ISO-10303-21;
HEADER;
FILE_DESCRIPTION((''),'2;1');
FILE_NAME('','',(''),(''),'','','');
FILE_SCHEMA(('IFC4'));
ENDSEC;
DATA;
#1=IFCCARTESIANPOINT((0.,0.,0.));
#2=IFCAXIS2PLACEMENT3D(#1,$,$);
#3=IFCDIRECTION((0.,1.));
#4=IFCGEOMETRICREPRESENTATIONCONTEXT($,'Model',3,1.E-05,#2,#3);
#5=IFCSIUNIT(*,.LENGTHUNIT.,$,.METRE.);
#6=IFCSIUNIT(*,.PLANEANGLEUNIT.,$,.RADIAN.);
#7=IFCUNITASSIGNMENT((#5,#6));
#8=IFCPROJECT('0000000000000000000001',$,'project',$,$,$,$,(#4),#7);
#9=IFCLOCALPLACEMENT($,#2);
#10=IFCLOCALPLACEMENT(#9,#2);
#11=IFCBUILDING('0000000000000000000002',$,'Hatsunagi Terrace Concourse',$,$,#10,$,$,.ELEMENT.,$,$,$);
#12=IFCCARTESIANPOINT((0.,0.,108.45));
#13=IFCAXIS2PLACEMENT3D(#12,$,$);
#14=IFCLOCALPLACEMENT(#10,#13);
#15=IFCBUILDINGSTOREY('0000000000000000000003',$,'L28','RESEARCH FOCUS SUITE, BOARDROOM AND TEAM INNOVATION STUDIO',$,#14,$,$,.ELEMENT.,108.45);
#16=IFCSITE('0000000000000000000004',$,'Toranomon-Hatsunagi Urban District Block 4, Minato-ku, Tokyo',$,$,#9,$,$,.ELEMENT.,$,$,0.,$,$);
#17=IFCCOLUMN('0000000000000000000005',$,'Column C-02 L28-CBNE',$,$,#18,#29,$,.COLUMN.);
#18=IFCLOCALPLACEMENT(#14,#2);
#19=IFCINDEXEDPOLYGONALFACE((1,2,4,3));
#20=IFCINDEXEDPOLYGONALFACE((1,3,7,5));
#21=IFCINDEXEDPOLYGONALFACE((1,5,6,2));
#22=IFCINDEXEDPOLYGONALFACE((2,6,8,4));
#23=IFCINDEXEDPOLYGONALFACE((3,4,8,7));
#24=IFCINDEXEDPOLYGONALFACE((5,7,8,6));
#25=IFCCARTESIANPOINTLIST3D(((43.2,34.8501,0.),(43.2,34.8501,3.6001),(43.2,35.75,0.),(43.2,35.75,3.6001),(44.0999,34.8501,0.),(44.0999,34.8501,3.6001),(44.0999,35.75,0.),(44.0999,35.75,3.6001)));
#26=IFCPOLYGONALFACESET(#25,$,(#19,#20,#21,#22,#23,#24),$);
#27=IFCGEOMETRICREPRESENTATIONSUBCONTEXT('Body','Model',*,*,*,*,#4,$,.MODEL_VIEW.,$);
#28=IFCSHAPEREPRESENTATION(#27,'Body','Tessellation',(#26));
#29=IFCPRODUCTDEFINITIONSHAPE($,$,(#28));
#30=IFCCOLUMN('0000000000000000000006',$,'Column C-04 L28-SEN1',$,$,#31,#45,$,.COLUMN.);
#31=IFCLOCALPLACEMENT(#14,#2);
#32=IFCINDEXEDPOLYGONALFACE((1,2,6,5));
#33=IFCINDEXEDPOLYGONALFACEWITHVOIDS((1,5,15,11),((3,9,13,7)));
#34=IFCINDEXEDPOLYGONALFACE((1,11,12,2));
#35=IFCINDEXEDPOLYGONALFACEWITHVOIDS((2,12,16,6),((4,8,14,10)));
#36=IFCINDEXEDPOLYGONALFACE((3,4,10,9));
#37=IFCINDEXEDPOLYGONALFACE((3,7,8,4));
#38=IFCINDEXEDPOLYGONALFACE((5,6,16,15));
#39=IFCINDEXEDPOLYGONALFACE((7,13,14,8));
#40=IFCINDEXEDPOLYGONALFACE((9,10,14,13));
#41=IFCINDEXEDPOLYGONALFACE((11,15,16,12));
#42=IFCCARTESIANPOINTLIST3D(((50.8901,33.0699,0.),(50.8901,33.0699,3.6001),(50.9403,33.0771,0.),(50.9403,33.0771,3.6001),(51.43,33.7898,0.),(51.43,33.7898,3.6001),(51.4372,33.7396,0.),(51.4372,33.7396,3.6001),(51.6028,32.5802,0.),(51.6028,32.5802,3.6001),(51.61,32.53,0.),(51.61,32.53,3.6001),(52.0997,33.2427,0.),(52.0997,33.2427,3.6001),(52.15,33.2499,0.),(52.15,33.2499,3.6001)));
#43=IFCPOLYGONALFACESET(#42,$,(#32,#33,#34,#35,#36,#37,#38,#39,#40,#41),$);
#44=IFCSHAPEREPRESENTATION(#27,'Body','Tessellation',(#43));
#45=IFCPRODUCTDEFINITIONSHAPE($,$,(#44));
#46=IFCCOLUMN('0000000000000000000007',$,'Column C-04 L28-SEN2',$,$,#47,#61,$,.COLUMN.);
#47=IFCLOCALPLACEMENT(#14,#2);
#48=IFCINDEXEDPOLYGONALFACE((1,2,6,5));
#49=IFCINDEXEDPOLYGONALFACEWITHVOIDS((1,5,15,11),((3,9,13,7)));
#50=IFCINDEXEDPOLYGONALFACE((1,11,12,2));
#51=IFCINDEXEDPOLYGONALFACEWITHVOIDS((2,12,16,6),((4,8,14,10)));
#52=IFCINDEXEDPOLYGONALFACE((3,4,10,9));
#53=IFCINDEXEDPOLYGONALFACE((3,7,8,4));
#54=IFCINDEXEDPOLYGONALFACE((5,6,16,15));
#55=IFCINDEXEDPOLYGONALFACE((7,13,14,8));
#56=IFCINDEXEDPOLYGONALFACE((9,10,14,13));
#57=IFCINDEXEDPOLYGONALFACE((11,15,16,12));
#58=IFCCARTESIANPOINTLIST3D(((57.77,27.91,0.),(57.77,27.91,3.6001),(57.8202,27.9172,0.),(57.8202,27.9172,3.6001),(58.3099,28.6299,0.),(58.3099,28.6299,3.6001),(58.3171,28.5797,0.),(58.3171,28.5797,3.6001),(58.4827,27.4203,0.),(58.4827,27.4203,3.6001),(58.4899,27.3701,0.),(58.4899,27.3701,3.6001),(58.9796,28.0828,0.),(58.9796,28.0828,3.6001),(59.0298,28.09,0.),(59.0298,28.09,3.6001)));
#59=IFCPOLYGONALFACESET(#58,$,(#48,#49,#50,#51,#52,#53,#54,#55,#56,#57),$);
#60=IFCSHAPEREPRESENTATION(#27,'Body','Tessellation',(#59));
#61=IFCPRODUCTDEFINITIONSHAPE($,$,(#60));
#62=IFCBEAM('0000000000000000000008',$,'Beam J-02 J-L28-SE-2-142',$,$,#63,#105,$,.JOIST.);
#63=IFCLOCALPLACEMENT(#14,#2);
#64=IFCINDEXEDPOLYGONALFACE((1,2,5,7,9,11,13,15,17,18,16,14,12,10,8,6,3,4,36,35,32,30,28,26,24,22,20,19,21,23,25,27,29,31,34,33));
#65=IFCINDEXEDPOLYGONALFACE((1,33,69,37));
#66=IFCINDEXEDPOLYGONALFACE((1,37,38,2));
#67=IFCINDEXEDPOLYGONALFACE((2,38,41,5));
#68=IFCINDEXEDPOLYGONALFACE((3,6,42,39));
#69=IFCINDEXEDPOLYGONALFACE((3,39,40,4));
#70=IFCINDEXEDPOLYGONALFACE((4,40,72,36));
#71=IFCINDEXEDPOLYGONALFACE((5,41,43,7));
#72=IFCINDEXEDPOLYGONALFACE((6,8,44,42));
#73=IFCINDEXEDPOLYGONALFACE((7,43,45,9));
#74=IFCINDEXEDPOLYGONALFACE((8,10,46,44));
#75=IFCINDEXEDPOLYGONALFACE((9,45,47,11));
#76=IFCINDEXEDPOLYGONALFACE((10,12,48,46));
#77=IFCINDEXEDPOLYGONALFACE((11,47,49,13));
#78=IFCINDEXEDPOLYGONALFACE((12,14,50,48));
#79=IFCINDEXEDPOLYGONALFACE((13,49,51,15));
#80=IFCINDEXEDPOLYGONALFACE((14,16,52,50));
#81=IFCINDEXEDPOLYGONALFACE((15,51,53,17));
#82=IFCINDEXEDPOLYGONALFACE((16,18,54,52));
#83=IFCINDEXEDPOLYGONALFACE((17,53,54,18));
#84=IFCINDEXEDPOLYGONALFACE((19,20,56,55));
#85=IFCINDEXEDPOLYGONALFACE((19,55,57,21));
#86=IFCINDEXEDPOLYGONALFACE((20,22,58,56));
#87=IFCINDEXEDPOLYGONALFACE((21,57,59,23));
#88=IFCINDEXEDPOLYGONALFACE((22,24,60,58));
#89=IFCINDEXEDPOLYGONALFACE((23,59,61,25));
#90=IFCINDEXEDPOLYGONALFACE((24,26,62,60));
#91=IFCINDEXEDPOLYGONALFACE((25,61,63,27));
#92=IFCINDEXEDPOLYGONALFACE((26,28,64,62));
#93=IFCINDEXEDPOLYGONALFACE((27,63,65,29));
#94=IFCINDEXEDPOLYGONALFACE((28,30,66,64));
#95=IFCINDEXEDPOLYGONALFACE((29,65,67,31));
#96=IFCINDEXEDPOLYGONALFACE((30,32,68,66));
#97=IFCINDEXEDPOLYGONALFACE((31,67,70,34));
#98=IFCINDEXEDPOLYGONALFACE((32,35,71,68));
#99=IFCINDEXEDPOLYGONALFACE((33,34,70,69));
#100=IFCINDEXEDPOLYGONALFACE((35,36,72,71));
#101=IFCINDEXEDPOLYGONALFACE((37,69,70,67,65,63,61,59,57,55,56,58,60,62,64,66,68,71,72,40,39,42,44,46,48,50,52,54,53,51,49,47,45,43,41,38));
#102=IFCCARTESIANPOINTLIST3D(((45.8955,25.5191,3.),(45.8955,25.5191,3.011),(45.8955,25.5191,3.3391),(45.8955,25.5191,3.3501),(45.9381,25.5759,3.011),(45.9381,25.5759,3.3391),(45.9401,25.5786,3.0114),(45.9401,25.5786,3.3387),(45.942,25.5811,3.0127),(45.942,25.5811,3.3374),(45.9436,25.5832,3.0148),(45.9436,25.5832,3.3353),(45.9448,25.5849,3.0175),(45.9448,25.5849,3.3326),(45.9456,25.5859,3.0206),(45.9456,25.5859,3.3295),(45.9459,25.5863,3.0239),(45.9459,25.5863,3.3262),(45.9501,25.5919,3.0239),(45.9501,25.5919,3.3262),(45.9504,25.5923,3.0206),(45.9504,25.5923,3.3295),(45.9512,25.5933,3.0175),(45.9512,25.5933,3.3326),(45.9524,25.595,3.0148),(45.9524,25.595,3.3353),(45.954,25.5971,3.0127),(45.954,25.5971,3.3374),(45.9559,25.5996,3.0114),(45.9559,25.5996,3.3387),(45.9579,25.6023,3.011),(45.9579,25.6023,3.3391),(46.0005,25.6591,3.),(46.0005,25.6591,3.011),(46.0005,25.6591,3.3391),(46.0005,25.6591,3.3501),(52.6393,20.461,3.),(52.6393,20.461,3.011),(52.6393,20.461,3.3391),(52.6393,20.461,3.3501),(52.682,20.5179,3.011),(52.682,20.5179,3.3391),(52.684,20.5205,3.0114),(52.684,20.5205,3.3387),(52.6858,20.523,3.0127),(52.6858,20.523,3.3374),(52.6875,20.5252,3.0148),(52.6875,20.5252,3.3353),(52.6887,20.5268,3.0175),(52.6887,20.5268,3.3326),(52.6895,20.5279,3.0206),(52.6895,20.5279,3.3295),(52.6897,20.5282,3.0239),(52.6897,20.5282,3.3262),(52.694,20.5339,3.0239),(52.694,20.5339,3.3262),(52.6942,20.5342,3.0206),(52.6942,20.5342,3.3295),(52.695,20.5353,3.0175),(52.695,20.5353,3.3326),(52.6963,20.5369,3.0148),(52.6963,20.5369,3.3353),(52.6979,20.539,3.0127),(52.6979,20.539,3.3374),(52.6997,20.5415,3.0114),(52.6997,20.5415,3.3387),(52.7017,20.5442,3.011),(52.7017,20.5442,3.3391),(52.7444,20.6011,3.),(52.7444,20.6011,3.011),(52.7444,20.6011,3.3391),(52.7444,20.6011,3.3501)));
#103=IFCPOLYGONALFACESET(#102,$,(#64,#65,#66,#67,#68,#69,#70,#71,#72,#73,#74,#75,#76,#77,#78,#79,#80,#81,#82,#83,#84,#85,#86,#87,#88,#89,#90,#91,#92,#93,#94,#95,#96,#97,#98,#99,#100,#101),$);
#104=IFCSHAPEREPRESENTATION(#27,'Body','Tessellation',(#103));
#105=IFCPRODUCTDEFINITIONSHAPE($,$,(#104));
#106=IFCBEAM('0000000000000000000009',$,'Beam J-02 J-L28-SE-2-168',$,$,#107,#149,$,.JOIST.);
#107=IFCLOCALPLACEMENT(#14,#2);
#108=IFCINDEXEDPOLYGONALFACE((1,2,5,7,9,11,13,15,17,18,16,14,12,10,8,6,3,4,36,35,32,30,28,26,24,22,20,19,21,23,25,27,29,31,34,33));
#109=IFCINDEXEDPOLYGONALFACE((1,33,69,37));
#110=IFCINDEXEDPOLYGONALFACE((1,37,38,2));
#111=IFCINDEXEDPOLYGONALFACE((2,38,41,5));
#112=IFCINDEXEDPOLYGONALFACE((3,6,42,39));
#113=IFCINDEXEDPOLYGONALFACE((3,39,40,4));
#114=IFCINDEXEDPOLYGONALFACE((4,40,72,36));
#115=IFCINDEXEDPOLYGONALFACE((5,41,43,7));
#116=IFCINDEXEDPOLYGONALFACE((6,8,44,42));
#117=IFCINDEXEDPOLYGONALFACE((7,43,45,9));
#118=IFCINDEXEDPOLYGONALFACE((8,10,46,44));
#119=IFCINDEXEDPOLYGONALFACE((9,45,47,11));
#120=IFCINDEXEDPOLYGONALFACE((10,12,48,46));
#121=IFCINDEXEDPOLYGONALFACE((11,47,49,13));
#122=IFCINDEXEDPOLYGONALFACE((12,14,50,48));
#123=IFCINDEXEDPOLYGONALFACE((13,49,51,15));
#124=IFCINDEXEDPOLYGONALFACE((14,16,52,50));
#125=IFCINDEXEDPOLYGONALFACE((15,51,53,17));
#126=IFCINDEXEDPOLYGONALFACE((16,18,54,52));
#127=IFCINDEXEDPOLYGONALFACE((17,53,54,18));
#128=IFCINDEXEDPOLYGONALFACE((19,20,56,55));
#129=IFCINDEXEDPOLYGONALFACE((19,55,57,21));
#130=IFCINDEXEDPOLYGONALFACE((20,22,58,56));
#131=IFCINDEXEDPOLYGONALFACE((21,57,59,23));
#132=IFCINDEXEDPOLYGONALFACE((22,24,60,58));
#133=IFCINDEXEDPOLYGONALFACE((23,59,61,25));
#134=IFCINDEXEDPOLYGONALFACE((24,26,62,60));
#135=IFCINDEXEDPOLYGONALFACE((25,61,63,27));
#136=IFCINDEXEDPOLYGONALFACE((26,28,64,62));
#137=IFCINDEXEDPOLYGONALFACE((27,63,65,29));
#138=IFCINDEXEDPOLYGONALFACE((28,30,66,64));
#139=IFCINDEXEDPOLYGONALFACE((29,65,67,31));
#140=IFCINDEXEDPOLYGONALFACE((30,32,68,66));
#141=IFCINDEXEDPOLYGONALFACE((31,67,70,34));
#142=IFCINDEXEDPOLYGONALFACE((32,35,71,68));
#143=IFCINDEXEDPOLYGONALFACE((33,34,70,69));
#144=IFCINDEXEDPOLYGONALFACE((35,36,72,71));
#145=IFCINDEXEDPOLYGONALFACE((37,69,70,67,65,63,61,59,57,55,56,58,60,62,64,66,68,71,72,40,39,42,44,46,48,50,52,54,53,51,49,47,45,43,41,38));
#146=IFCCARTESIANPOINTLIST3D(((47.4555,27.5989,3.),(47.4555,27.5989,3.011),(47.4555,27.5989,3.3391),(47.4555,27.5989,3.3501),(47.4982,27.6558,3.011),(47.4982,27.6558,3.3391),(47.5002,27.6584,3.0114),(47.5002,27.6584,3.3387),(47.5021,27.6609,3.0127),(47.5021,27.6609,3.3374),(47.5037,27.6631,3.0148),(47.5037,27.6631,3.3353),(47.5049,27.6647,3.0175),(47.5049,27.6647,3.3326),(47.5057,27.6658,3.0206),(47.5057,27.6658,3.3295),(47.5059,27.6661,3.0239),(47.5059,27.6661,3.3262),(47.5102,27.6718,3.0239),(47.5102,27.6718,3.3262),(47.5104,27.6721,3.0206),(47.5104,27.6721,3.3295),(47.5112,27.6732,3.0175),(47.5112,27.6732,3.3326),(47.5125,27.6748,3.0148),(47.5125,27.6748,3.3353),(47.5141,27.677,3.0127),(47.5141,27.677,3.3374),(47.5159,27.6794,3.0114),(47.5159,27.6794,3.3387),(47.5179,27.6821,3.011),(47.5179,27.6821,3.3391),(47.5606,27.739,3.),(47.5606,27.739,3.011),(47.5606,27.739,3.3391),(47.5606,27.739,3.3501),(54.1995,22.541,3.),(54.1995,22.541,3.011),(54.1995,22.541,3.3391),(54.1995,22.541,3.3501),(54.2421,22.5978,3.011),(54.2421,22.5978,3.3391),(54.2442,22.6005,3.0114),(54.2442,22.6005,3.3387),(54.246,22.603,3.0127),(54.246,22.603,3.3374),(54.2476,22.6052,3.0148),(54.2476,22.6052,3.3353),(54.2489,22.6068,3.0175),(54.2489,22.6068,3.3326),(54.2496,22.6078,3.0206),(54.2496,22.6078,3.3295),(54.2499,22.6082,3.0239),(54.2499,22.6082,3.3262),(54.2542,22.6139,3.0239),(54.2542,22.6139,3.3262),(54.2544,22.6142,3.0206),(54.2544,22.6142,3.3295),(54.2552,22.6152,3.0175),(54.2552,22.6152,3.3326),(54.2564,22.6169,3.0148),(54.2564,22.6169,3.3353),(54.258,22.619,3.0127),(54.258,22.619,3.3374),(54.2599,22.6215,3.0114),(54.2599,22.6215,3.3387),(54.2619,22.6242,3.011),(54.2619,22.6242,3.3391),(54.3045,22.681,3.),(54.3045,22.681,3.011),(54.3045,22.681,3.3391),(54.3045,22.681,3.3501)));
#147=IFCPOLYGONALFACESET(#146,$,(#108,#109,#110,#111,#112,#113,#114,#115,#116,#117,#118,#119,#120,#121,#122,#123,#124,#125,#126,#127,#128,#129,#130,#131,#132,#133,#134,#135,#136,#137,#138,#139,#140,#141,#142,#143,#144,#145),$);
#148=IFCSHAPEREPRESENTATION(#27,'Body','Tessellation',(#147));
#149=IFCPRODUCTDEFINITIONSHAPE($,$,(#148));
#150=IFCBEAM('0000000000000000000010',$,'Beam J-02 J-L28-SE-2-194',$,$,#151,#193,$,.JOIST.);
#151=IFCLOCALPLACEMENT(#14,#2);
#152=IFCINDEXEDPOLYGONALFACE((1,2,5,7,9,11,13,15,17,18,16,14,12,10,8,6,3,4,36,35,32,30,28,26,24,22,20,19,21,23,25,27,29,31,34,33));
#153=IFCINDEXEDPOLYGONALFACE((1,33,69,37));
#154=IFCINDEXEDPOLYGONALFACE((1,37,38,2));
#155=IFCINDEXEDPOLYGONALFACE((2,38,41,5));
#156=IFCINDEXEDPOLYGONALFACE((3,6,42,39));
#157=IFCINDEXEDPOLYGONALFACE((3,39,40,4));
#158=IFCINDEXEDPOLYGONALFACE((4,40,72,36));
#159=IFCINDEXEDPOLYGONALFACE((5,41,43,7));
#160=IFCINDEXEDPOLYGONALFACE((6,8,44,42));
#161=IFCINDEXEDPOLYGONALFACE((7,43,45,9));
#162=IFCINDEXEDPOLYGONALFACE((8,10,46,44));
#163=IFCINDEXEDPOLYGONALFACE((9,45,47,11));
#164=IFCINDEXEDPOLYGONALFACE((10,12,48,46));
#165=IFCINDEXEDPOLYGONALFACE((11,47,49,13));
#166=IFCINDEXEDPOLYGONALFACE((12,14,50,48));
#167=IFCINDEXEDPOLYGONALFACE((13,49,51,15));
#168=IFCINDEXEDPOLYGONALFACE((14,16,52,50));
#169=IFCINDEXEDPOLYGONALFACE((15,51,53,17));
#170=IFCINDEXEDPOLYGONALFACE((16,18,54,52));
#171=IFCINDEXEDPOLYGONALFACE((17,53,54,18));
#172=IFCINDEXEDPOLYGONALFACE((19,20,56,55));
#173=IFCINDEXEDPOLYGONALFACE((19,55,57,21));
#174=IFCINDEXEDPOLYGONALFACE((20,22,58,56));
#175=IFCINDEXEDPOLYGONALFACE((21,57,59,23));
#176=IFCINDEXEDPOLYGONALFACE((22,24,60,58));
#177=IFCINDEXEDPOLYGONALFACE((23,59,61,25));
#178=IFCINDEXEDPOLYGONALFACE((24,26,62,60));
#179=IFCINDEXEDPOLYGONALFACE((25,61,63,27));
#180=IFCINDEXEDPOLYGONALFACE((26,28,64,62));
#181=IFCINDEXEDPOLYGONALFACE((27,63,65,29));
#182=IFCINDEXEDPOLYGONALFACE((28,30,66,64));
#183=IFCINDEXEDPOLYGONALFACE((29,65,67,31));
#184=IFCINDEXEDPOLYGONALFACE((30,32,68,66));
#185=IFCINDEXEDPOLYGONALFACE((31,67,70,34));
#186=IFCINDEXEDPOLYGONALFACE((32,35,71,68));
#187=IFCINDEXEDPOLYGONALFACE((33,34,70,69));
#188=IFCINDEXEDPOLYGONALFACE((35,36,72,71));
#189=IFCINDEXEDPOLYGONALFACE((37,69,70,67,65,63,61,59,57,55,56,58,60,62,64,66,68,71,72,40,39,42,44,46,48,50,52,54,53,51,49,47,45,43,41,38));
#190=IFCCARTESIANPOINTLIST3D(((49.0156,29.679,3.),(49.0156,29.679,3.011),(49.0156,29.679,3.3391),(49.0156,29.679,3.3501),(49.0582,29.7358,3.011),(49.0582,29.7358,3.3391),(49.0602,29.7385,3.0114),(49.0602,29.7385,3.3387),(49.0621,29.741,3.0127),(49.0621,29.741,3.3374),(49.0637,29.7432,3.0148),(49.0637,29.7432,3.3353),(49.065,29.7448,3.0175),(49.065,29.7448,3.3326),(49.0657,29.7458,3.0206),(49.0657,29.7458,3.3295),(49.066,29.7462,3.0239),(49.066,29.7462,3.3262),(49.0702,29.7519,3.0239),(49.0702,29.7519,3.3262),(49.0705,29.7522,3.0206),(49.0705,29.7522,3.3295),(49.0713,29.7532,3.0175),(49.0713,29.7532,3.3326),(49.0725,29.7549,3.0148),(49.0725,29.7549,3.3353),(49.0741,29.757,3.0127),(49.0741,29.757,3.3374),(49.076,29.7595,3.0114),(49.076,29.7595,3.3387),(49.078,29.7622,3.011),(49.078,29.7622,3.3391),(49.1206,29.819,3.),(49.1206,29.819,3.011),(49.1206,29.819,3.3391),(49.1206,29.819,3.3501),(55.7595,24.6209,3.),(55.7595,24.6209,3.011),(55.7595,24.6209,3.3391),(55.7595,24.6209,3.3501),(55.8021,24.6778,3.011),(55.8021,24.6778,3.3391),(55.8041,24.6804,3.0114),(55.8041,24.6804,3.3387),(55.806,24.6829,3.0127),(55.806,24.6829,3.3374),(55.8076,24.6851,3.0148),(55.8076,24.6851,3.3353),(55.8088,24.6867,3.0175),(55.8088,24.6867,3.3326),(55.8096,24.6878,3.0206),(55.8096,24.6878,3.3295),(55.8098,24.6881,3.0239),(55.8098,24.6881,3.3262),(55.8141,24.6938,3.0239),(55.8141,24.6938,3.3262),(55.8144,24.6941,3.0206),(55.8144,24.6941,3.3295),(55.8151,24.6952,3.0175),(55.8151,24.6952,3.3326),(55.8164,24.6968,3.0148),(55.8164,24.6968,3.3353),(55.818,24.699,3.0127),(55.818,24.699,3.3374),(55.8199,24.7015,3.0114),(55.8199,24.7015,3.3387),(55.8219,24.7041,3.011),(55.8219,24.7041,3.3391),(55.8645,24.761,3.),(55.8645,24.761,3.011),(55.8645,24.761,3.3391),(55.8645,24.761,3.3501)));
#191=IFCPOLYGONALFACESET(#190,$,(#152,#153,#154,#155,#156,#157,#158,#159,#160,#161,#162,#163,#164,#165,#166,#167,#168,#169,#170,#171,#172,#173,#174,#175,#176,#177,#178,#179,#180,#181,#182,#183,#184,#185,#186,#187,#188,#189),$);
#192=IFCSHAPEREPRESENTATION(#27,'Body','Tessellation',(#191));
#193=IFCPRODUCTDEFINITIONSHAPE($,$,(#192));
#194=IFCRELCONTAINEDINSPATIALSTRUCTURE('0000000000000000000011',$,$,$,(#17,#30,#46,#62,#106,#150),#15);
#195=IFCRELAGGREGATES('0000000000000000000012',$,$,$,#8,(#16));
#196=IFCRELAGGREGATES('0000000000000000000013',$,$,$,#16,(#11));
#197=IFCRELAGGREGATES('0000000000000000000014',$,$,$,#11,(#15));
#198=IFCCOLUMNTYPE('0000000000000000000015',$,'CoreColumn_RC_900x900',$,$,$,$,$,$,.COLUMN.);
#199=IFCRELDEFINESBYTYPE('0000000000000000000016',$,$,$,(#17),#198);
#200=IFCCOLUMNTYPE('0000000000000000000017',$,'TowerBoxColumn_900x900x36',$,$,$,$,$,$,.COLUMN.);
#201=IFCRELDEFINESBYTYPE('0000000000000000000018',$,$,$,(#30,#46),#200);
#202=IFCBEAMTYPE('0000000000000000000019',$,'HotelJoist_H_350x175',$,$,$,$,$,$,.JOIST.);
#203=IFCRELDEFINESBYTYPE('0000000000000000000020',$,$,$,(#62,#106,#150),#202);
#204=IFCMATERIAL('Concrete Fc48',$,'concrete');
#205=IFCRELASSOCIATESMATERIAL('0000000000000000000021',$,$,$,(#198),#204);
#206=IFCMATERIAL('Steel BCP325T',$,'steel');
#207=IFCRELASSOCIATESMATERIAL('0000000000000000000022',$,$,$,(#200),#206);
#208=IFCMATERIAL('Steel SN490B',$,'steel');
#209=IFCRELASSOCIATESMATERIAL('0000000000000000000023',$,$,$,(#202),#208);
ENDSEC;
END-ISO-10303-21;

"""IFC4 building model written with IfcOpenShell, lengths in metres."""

from ifc_helpers import new_model, si_unit, direction, frame, origin, origin_2d, place, context, subcontext, project, spatial, rectangle, hollow_rectangle, i_section, extrude, material, material_profile, profile_set, type_object, element, save


model = new_model("IFC4")

# Units and contexts
model_context = context("Model", 3, precision=1e-05, world=origin(), true_north=direction((0.0, 1.0)))
body_context = subcontext(model_context, "Body", "Model", "MODEL_VIEW")
ifc_project = project(units=[si_unit("LENGTHUNIT", "METRE"), si_unit("PLANEANGLEUNIT", "RADIAN")], contexts=[model_context])

# Site, building, storey
site_placement = place(None, origin())
site = spatial("IfcSite", under=ifc_project, at=site_placement, Name="Toranomon-Hatsunagi Urban District Block 4, Minato-ku, Tokyo", CompositionType="ELEMENT", RefElevation=0.0)
building_placement = place(site_placement, origin())
building = spatial("IfcBuilding", under=site, at=building_placement, Name="Hatsunagi Terrace Concourse", CompositionType="ELEMENT")
storey_placement = place(building_placement, frame((0.0, 0.0, 108.45)))
storey = spatial("IfcBuildingStorey", under=building, at=storey_placement, Name="L28", Description="RESEARCH FOCUS SUITE, BOARDROOM AND TEAM INNOVATION STUDIO", CompositionType="ELEMENT", Elevation=108.45)

# Columns
ifc_material_1 = material(Name="Concrete Fc48", Category="concrete")
ifc_material_profile_1 = material_profile(ifc_material_1, rectangle(XDim=0.8999, YDim=0.8999, at=origin_2d()), Name="RC-900x900")
ifc_profile_set_1 = profile_set([ifc_material_profile_1], Name="Concrete Fc48")
column_type_1 = type_object("IfcColumnType", Name="CoreColumn_RC_900x900", PredefinedType="COLUMN", material=ifc_profile_set_1)
column_placement = place(storey_placement, frame((43.6499, 35.3, 0.0), z_axis=(0.0, 0.0, 1.0), x_axis=(1.0, 0.0, 0.0)))
element("IfcColumn", 1, at=column_placement, inside=storey, type_object=column_type_1, Name="Column C-02 L28-CBNE", PredefinedType="COLUMN", context=body_context, shape_type="SweptSolid", body=[
    extrude(rectangle(XDim=0.8999, YDim=0.8999, at=origin_2d()), origin(), (0.0, 0.0, 1.0), 3.6001),
])
ifc_material_2 = material(Name="Steel BCP325T", Category="steel")
ifc_material_profile_2 = material_profile(ifc_material_2, hollow_rectangle(XDim=0.8999, YDim=0.8999, WallThickness=0.0359, at=origin_2d()), Name="BCP-900x900x36")
ifc_profile_set_2 = profile_set([ifc_material_profile_2], Name="Steel BCP325T")
column_type_2 = type_object("IfcColumnType", Name="TowerBoxColumn_900x900x36", PredefinedType="COLUMN", material=ifc_profile_set_2)
for number, where, z_axis, x_axis, name in (
    (2, (51.52, 33.1599, 0.0), (0.0, 0.0, 1.0), (0.8, -0.6, 0.0), "Column C-04 L28-SEN1"),
    (3, (58.3999, 28.0, 0.0), (0.0, 0.0, 1.0), (0.8, -0.6, 0.0), "Column C-04 L28-SEN2"),
):
    element("IfcColumn", number, at=place(storey_placement, frame(where, z_axis=z_axis, x_axis=x_axis)), inside=storey, type_object=column_type_2, Name=name, PredefinedType="COLUMN", context=body_context, shape_type="SweptSolid", body=[
        extrude(hollow_rectangle(XDim=0.8999, YDim=0.8999, WallThickness=0.0359, at=origin_2d()), origin(), (0.0, 0.0, 1.0), 3.6001),
    ])

# Beams
ifc_material_3 = material(Name="Steel SN490B", Category="steel")
ifc_material_profile_3 = material_profile(ifc_material_3, i_section(OverallWidth=0.175, OverallDepth=0.3501, WebThickness=0.0071, FlangeThickness=0.011, FilletRadius=0.0129, at=origin_2d()), Name="H-350x175x7x11")
ifc_profile_set_3 = profile_set([ifc_material_profile_3], Name="Steel SN490B")
beam_type_1 = type_object("IfcBeamType", Name="HotelJoist_H_350x175", PredefinedType="JOIST", material=ifc_profile_set_3)
for number, where, z_axis, x_axis, name in (
    (4, (45.948, 25.5891, 3.175), (0.79999, -0.600014, 0.0), (0.600014, 0.79999, 0.0), "Beam J-02 J-L28-SE-2-142"),
    (5, (47.5081, 27.6689, 3.175), (0.800003, -0.599995, 0.0), (0.599995, 0.800003, 0.0), "Beam J-02 J-L28-SE-2-168"),
    (6, (49.0681, 29.749, 3.175), (0.79999, -0.600014, 0.0), (0.600014, 0.79999, 0.0), "Beam J-02 J-L28-SE-2-194"),
):
    element("IfcBeam", number, at=place(storey_placement, frame(where, z_axis=z_axis, x_axis=x_axis)), inside=storey, type_object=beam_type_1, Name=name, PredefinedType="JOIST", context=body_context, shape_type="SweptSolid", body=[
        extrude(i_section(OverallWidth=0.175, OverallDepth=0.3501, WebThickness=0.0071, FlangeThickness=0.011, FilletRadius=0.0129, at=origin_2d()), origin(), (0.0, 0.0, 1.0), 8.4299),
    ])

save(model, "model.ifc")
